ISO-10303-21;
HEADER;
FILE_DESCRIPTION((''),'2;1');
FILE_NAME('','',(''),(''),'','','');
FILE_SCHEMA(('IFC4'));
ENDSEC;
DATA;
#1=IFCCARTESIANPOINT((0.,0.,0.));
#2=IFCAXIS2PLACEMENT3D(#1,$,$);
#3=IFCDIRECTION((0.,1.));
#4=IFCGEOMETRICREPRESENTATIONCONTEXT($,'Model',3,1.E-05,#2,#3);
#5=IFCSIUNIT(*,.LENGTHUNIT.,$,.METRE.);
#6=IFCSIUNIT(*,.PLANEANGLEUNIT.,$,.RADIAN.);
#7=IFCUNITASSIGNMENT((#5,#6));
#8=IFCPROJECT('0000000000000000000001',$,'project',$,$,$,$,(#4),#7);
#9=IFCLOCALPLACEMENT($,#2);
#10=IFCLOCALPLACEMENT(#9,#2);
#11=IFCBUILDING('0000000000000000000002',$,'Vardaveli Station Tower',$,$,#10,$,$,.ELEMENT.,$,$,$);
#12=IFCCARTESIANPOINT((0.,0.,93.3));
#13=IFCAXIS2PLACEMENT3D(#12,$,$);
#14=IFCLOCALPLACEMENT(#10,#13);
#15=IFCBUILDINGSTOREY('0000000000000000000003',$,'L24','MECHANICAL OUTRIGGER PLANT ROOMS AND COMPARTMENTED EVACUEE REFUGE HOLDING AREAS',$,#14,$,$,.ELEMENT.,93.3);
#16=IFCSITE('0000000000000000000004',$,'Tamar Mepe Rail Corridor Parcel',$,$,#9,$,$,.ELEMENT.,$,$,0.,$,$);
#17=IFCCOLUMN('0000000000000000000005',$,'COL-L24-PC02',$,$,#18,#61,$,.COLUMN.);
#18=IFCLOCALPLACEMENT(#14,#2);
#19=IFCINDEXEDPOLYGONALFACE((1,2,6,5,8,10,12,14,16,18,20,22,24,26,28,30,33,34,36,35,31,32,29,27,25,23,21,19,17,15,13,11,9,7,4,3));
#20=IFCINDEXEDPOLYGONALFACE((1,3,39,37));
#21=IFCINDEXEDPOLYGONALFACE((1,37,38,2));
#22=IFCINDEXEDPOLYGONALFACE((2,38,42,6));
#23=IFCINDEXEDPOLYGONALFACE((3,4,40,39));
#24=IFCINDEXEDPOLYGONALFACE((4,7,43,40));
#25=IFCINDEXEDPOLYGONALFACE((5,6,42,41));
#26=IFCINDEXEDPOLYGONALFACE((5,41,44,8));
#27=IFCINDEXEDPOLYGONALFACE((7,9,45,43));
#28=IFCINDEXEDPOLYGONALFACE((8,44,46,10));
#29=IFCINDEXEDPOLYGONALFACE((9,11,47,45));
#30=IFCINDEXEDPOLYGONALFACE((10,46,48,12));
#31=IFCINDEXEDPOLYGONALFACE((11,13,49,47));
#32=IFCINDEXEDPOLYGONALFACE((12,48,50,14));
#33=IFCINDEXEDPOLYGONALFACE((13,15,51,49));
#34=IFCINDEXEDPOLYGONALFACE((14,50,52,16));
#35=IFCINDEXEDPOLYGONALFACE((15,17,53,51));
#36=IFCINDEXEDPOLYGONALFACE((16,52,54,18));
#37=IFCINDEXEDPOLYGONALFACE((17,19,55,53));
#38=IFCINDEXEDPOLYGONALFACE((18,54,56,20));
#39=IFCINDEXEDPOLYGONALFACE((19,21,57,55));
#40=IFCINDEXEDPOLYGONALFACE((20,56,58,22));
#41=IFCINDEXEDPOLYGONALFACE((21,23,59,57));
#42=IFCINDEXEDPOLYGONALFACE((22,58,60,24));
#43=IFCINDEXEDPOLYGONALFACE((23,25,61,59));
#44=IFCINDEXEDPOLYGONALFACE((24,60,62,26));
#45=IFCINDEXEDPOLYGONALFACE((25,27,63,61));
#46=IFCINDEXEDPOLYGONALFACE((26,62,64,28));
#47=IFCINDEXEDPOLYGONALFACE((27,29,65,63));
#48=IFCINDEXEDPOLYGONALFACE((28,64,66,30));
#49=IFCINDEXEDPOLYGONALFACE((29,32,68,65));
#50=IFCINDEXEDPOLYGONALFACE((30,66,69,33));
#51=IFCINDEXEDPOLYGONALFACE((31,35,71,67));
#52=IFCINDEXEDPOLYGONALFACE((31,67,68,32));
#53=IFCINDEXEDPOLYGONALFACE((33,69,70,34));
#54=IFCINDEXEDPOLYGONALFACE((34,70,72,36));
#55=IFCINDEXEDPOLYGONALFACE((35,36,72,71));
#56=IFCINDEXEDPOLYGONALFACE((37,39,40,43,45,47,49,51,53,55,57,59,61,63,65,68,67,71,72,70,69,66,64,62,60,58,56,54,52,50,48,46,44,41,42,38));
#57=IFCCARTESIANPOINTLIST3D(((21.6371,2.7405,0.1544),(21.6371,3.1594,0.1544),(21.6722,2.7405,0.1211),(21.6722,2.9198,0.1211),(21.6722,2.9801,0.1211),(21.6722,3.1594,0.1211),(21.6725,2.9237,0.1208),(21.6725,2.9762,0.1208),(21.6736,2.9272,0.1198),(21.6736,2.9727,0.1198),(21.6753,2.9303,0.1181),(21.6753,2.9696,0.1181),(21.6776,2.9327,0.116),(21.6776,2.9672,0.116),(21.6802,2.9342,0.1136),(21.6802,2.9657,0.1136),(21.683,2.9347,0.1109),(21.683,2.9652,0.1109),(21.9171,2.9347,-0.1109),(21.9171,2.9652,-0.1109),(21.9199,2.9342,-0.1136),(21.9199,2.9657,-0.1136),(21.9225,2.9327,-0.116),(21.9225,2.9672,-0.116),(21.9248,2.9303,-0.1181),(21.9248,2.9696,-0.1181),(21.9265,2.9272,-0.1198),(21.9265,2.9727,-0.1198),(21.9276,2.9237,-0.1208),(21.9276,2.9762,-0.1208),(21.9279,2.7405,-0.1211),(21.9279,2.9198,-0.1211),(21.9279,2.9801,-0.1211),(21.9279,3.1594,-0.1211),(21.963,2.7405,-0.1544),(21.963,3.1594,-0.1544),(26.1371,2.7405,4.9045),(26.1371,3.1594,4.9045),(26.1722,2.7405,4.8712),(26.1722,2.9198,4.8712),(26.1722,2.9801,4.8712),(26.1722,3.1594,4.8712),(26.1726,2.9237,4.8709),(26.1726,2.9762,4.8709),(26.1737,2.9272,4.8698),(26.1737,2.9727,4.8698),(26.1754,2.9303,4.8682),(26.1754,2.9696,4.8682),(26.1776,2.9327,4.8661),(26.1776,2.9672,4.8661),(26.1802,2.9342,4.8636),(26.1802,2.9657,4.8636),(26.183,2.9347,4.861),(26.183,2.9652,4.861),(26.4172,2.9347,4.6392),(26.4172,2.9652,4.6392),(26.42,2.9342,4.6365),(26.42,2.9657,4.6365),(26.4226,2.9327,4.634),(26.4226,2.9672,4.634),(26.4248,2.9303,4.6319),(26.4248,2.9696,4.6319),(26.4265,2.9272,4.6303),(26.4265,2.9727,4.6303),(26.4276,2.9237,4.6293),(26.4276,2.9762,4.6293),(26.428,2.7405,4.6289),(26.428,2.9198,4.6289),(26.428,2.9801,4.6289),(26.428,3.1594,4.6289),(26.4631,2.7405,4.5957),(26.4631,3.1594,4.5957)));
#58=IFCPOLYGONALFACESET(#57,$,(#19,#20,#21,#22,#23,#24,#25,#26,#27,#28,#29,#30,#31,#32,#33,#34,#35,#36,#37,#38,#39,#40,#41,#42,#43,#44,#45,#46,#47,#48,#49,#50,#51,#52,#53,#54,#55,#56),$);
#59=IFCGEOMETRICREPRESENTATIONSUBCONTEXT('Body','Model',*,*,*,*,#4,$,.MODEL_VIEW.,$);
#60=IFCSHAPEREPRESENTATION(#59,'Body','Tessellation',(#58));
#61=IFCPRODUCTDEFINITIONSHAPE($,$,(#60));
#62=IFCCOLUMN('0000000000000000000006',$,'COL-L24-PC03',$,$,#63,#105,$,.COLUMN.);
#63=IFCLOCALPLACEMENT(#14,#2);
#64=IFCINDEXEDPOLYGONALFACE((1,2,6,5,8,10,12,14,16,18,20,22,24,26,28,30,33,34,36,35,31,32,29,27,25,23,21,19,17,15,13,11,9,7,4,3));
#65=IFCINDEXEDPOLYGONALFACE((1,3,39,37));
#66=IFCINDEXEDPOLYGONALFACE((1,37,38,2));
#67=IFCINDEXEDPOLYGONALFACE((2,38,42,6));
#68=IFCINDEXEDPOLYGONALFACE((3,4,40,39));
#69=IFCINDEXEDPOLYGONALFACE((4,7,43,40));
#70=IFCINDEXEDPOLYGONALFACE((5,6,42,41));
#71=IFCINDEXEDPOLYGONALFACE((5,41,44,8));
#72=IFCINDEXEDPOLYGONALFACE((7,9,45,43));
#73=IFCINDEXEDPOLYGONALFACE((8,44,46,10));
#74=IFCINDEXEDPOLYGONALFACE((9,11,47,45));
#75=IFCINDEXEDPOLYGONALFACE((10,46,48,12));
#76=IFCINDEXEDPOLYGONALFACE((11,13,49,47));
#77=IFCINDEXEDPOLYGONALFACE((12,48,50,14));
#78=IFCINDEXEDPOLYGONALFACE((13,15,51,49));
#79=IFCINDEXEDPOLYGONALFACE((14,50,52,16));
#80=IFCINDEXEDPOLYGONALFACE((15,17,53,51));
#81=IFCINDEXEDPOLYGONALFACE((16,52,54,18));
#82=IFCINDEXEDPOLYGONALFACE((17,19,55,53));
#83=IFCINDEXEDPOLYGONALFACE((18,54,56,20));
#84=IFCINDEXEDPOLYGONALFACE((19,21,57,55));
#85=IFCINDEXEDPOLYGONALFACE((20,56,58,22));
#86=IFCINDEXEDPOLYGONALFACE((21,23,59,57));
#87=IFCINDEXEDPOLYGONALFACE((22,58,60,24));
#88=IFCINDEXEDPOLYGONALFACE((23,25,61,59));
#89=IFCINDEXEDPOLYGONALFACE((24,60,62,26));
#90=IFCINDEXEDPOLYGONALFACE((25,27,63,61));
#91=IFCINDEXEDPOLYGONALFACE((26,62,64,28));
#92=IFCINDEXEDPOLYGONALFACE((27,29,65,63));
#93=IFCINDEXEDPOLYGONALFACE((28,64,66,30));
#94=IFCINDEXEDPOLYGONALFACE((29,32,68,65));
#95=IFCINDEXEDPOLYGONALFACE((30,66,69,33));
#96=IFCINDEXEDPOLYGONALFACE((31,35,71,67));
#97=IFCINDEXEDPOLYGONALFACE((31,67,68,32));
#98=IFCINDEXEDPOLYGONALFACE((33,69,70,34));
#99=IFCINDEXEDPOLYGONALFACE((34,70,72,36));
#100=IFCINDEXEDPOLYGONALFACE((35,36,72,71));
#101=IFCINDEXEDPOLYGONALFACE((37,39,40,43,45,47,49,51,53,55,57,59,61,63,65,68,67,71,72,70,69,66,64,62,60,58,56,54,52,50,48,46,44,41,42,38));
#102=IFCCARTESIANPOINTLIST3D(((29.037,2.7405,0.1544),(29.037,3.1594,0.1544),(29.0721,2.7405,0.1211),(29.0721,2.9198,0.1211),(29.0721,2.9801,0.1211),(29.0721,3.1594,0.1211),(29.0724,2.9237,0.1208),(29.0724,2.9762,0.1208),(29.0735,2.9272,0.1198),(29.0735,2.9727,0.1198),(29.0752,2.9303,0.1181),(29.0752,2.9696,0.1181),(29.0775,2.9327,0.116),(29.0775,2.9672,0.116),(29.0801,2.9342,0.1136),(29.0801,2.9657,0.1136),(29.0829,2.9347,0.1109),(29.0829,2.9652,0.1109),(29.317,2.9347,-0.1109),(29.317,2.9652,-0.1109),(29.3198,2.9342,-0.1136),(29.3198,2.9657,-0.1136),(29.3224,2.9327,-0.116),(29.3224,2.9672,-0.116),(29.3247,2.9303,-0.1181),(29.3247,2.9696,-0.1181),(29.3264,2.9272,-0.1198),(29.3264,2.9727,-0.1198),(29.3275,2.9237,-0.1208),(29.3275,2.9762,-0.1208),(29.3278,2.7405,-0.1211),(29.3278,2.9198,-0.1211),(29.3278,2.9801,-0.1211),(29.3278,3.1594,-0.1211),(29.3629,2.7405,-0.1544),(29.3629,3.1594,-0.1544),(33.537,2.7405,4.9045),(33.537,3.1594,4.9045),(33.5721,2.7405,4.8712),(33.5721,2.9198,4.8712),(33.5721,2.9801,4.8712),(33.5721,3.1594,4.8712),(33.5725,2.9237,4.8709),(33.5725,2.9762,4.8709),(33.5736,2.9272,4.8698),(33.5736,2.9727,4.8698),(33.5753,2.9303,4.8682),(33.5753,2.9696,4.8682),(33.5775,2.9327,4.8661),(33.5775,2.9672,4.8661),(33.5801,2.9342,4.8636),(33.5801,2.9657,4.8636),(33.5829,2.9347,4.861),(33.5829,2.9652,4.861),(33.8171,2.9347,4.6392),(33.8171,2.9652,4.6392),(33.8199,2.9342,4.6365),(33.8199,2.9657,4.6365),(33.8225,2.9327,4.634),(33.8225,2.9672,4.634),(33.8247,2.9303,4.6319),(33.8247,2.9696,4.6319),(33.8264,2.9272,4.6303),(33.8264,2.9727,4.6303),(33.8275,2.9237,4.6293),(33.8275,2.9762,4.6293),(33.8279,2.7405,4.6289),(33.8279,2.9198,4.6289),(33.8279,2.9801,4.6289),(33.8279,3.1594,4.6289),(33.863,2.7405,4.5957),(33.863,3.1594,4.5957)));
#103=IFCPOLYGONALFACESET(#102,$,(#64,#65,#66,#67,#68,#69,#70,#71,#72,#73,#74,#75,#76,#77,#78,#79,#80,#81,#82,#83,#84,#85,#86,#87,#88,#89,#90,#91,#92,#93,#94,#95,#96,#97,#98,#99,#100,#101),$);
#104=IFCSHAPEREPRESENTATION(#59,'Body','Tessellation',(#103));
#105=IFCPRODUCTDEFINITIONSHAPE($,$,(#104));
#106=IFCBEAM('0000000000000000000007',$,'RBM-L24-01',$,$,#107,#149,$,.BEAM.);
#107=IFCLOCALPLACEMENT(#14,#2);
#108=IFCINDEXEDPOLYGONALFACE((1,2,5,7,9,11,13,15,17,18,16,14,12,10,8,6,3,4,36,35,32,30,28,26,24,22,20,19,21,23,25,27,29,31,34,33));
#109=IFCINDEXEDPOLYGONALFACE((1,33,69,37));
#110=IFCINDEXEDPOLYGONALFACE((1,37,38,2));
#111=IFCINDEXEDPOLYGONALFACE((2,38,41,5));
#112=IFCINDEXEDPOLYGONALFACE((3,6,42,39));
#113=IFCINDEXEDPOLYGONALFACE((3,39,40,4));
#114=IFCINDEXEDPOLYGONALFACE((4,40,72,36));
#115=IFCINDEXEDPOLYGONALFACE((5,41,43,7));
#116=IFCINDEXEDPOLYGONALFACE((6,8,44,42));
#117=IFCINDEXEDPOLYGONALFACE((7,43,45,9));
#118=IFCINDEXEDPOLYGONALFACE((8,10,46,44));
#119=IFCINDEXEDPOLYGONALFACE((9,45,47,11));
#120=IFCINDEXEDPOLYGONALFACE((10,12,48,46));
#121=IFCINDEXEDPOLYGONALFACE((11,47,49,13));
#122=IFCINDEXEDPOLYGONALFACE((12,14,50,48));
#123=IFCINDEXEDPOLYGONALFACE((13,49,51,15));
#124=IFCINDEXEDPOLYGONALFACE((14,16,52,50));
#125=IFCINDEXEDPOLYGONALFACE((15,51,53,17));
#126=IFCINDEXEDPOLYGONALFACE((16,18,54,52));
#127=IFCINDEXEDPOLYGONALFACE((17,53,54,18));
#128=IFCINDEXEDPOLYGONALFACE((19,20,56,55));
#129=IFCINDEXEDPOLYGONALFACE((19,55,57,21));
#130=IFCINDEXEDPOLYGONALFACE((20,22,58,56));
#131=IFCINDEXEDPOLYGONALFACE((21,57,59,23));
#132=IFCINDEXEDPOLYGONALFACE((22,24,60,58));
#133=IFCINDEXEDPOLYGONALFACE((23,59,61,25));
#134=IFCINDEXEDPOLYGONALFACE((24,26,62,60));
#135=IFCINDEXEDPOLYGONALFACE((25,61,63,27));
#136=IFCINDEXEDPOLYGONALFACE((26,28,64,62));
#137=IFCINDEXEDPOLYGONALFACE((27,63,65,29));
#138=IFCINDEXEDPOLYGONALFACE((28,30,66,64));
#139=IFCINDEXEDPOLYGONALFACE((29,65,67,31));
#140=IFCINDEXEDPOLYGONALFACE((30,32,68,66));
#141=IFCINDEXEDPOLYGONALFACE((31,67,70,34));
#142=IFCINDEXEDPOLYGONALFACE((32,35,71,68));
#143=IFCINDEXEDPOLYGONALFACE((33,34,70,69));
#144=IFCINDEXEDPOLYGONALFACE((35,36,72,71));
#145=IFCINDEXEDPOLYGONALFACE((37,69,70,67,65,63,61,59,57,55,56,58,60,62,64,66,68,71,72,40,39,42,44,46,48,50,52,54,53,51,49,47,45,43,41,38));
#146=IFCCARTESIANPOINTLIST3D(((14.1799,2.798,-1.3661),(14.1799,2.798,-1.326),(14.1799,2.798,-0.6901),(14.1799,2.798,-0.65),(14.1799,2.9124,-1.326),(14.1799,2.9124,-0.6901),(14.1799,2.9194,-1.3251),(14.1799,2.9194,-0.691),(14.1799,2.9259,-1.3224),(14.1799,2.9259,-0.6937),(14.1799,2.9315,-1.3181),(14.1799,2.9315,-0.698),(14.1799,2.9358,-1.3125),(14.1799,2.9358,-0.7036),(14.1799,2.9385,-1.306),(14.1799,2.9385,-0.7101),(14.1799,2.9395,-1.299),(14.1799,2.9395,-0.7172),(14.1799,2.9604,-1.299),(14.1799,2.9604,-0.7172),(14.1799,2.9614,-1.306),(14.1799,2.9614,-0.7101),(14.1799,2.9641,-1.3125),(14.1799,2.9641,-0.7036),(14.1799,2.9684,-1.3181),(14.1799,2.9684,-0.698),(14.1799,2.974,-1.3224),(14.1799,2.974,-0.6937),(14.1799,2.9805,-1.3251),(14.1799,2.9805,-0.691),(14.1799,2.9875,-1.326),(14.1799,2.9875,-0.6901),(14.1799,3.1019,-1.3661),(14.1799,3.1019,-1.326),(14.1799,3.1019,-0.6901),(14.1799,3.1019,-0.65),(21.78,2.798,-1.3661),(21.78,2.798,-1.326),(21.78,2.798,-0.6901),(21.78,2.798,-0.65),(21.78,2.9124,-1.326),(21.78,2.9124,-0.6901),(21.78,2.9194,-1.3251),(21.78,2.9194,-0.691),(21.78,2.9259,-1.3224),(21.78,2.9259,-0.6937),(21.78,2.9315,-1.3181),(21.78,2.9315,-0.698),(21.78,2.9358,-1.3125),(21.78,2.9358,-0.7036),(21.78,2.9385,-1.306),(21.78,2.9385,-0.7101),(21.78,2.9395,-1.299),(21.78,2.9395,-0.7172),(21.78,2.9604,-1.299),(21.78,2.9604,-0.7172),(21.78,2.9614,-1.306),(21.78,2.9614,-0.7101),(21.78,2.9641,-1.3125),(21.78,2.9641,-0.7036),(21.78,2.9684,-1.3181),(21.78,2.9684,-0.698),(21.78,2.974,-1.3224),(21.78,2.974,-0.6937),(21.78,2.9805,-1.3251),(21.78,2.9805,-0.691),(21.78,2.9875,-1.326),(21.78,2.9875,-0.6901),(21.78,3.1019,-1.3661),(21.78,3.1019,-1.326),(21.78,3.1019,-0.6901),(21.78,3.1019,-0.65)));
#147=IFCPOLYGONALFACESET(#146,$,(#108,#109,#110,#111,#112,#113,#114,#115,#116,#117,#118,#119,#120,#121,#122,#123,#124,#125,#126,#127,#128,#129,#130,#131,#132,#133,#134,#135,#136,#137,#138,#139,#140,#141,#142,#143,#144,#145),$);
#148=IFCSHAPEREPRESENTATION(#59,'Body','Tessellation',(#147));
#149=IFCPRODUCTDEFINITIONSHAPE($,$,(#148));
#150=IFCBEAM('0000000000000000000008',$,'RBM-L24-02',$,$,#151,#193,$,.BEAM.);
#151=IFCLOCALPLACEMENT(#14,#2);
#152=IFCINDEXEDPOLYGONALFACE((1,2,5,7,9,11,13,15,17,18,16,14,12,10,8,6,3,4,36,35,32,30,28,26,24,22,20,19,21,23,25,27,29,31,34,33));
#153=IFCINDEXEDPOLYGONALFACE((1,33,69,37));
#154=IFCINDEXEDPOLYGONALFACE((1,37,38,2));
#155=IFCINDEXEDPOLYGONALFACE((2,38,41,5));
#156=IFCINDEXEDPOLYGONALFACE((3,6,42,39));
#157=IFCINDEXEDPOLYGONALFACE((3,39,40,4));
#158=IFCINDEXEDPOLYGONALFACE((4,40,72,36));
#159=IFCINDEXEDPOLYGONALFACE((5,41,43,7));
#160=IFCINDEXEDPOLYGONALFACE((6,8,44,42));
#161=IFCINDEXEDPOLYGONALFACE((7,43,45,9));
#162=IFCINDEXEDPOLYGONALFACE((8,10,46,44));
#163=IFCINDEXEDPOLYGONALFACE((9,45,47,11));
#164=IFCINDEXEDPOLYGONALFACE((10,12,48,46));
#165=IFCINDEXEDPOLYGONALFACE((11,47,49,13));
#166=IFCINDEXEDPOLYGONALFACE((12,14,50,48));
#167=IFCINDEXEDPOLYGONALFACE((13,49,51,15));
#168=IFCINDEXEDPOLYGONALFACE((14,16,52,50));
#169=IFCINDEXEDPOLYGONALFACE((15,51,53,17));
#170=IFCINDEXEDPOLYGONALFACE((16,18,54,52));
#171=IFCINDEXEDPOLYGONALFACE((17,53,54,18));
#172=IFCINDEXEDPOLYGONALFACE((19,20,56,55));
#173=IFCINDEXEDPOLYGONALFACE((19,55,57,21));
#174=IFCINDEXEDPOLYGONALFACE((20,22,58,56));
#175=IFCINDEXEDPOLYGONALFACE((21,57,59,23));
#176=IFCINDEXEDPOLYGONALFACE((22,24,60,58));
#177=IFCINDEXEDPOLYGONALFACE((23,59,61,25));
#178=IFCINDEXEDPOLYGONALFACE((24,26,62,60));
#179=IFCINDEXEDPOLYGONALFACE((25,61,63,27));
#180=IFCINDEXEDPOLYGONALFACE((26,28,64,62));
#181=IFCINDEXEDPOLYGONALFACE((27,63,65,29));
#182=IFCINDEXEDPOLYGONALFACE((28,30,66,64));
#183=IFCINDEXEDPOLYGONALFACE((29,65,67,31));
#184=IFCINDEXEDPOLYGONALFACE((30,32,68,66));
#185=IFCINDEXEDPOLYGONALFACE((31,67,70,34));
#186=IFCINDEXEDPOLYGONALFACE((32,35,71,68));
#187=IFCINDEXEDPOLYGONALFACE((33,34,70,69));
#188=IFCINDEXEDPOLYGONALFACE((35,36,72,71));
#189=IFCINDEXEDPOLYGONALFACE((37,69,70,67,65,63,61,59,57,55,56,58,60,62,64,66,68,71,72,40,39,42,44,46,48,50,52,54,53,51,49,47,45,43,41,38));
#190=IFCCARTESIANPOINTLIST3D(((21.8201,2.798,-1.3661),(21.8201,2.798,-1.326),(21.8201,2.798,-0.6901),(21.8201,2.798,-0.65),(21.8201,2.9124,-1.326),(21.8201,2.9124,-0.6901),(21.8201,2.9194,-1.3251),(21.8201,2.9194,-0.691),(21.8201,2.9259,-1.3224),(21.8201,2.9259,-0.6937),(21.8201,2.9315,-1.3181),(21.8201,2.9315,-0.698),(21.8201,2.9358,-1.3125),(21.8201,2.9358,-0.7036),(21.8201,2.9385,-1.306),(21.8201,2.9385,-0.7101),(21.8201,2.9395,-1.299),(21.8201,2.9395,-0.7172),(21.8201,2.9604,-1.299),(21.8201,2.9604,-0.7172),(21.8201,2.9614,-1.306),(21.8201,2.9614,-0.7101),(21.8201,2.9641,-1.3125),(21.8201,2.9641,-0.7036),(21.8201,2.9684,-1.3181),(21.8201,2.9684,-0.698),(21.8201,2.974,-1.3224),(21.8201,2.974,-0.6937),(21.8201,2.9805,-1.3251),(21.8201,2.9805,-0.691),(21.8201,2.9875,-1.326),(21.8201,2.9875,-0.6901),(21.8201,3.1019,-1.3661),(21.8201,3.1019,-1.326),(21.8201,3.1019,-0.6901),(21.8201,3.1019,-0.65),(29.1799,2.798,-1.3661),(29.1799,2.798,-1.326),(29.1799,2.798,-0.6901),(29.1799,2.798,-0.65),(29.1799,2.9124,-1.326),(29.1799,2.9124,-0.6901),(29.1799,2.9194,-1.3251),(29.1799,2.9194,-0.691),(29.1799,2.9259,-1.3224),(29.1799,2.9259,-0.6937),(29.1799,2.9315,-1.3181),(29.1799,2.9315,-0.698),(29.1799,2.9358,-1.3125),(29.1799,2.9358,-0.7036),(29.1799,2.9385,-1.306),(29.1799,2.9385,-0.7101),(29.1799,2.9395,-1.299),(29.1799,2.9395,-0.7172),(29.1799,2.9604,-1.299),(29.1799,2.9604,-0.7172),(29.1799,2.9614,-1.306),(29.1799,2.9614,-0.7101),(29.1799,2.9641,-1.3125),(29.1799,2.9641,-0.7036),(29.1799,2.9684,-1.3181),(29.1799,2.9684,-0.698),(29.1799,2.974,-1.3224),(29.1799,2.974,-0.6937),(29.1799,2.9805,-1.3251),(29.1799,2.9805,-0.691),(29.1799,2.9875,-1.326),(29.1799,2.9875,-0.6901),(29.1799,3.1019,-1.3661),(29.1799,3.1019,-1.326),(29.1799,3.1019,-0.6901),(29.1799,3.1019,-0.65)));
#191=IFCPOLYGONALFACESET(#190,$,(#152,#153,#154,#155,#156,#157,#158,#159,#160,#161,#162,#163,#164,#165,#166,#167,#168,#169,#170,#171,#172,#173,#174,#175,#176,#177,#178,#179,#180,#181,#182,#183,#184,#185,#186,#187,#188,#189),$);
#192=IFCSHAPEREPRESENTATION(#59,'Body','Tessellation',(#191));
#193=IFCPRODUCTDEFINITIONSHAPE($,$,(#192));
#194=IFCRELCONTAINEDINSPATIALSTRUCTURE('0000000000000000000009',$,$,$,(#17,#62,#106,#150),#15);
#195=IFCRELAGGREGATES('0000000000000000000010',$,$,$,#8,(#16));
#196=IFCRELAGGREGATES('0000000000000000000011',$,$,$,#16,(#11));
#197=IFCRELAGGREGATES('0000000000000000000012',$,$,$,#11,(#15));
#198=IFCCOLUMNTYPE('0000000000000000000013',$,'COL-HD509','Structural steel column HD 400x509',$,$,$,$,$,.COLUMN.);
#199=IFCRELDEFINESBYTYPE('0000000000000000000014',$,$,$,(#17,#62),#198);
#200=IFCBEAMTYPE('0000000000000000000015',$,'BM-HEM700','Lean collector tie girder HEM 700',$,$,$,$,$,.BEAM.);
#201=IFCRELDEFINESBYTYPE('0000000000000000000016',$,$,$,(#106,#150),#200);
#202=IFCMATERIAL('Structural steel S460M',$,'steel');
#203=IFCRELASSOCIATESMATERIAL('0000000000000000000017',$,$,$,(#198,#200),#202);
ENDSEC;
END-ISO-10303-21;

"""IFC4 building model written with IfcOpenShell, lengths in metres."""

from ifc_helpers import new_model, si_unit, direction, frame, origin, origin_2d, place, context, subcontext, project, spatial, i_section, extrude, source, transform, mapped, material, material_profile, profile_set, type_object, element, save


model = new_model("IFC4")

# Units and contexts
model_context = context("Model", 3, precision=1e-05, world=origin(), true_north=direction((0.0, 1.0)))
body_context = subcontext(model_context, "Body", "Model", "MODEL_VIEW")
ifc_project = project(units=[si_unit("LENGTHUNIT", "METRE"), si_unit("PLANEANGLEUNIT", "RADIAN")], contexts=[model_context])

# Site, building, storey
site_placement = place(None, origin())
site = spatial("IfcSite", under=ifc_project, at=site_placement, Name="Tamar Mepe Rail Corridor Parcel", CompositionType="ELEMENT", RefElevation=0.0)
building_placement = place(site_placement, origin())
building = spatial("IfcBuilding", under=site, at=building_placement, Name="Vardaveli Station Tower", CompositionType="ELEMENT")
storey_placement = place(building_placement, frame((0.0, 0.0, 93.3)))
storey = spatial("IfcBuildingStorey", under=building, at=storey_placement, Name="L24", Description="MECHANICAL OUTRIGGER PLANT ROOMS AND COMPARTMENTED EVACUEE REFUGE HOLDING AREAS", CompositionType="ELEMENT", Elevation=93.3)

# Columns
ifc_material_1 = material(Name="Structural steel S460M", Category="steel")
ifc_material_profile_1 = material_profile(ifc_material_1, i_section(OverallWidth=0.4189, OverallDepth=0.449, WebThickness=0.0305, FlangeThickness=0.0483, FilletRadius=0.0149, at=origin_2d()), Name="HD 400x509")
ifc_profile_set_1 = profile_set([ifc_material_profile_1], Name="Structural steel S460M")
column_type = type_object("IfcColumnType", Name="COL-HD509", Description="Structural steel column HD 400x509", PredefinedType="COLUMN", material=ifc_profile_set_1)
shared_shape_1 = source(origin(), body_context, "Body", "SweptSolid", [
    extrude(i_section(OverallWidth=0.4189, OverallDepth=0.449, WebThickness=0.0305, FlangeThickness=0.0483, FilletRadius=0.0149, at=origin_2d()), origin(), (0.0, 0.0, 1.0), 6.5432),
])
for number, where, z_axis, x_axis, name in (
    (1, (21.8, 2.95, 0.0), (0.687745, 0.0, 0.725953), (0.0, 1.0, 0.0), "COL-L24-PC02"),
    (2, (29.2, 2.95, 0.0), (0.687745, 0.0, 0.725953), (0.0, 1.0, 0.0), "COL-L24-PC03"),
):
    element("IfcColumn", number, at=place(storey_placement, frame(where, z_axis=z_axis, x_axis=x_axis)), inside=storey, type_object=column_type, Name=name, PredefinedType="COLUMN", context=body_context, shape_type="MappedRepresentation", body=[
        mapped(shared_shape_1, transform((0.0, 0.0, 0.0), scale=1.0)),
    ])

# Beams
ifc_material_profile_2 = material_profile(ifc_material_1, i_section(OverallWidth=0.304, OverallDepth=0.7161, WebThickness=0.021, FlangeThickness=0.04, FilletRadius=0.0271, at=origin_2d()), Name="HEM 700")
ifc_profile_set_2 = profile_set([ifc_material_profile_2], Name="Structural steel S460M")
beam_type = type_object("IfcBeamType", Name="BM-HEM700", Description="Lean collector tie girder HEM 700", PredefinedType="BEAM", material=ifc_profile_set_2)
shared_shape_2 = source(origin(), body_context, "Body", "SweptSolid", [
    extrude(i_section(OverallWidth=0.304, OverallDepth=0.7161, WebThickness=0.021, FlangeThickness=0.04, FilletRadius=0.0271, at=origin_2d()), origin(), (0.0, 0.0, 1.0), 7.6001),
])
beam_1_placement = place(storey_placement, frame((14.1799, 2.95, -1.0081), z_axis=(1.0, 0.0, 0.0), x_axis=(0.0, 1.0, 0.0)))
element("IfcBeam", 3, at=beam_1_placement, inside=storey, type_object=beam_type, Name="RBM-L24-01", PredefinedType="BEAM", context=body_context, shape_type="MappedRepresentation", body=[
    mapped(shared_shape_2, transform((0.0, 0.0, 0.0), scale=1.0)),
])
shared_shape_3 = source(origin(), body_context, "Body", "SweptSolid", [
    extrude(i_section(OverallWidth=0.304, OverallDepth=0.7161, WebThickness=0.021, FlangeThickness=0.04, FilletRadius=0.0271, at=origin_2d()), origin(), (0.0, 0.0, 1.0), 7.3599),
])
beam_2_placement = place(storey_placement, frame((21.8201, 2.95, -1.0081), z_axis=(1.0, 0.0, 0.0), x_axis=(0.0, 1.0, 0.0)))
element("IfcBeam", 4, at=beam_2_placement, inside=storey, type_object=beam_type, Name="RBM-L24-02", PredefinedType="BEAM", context=body_context, shape_type="MappedRepresentation", body=[
    mapped(shared_shape_3, transform((0.0, 0.0, 0.0), scale=1.0)),
])

save(model, "model.ifc")
